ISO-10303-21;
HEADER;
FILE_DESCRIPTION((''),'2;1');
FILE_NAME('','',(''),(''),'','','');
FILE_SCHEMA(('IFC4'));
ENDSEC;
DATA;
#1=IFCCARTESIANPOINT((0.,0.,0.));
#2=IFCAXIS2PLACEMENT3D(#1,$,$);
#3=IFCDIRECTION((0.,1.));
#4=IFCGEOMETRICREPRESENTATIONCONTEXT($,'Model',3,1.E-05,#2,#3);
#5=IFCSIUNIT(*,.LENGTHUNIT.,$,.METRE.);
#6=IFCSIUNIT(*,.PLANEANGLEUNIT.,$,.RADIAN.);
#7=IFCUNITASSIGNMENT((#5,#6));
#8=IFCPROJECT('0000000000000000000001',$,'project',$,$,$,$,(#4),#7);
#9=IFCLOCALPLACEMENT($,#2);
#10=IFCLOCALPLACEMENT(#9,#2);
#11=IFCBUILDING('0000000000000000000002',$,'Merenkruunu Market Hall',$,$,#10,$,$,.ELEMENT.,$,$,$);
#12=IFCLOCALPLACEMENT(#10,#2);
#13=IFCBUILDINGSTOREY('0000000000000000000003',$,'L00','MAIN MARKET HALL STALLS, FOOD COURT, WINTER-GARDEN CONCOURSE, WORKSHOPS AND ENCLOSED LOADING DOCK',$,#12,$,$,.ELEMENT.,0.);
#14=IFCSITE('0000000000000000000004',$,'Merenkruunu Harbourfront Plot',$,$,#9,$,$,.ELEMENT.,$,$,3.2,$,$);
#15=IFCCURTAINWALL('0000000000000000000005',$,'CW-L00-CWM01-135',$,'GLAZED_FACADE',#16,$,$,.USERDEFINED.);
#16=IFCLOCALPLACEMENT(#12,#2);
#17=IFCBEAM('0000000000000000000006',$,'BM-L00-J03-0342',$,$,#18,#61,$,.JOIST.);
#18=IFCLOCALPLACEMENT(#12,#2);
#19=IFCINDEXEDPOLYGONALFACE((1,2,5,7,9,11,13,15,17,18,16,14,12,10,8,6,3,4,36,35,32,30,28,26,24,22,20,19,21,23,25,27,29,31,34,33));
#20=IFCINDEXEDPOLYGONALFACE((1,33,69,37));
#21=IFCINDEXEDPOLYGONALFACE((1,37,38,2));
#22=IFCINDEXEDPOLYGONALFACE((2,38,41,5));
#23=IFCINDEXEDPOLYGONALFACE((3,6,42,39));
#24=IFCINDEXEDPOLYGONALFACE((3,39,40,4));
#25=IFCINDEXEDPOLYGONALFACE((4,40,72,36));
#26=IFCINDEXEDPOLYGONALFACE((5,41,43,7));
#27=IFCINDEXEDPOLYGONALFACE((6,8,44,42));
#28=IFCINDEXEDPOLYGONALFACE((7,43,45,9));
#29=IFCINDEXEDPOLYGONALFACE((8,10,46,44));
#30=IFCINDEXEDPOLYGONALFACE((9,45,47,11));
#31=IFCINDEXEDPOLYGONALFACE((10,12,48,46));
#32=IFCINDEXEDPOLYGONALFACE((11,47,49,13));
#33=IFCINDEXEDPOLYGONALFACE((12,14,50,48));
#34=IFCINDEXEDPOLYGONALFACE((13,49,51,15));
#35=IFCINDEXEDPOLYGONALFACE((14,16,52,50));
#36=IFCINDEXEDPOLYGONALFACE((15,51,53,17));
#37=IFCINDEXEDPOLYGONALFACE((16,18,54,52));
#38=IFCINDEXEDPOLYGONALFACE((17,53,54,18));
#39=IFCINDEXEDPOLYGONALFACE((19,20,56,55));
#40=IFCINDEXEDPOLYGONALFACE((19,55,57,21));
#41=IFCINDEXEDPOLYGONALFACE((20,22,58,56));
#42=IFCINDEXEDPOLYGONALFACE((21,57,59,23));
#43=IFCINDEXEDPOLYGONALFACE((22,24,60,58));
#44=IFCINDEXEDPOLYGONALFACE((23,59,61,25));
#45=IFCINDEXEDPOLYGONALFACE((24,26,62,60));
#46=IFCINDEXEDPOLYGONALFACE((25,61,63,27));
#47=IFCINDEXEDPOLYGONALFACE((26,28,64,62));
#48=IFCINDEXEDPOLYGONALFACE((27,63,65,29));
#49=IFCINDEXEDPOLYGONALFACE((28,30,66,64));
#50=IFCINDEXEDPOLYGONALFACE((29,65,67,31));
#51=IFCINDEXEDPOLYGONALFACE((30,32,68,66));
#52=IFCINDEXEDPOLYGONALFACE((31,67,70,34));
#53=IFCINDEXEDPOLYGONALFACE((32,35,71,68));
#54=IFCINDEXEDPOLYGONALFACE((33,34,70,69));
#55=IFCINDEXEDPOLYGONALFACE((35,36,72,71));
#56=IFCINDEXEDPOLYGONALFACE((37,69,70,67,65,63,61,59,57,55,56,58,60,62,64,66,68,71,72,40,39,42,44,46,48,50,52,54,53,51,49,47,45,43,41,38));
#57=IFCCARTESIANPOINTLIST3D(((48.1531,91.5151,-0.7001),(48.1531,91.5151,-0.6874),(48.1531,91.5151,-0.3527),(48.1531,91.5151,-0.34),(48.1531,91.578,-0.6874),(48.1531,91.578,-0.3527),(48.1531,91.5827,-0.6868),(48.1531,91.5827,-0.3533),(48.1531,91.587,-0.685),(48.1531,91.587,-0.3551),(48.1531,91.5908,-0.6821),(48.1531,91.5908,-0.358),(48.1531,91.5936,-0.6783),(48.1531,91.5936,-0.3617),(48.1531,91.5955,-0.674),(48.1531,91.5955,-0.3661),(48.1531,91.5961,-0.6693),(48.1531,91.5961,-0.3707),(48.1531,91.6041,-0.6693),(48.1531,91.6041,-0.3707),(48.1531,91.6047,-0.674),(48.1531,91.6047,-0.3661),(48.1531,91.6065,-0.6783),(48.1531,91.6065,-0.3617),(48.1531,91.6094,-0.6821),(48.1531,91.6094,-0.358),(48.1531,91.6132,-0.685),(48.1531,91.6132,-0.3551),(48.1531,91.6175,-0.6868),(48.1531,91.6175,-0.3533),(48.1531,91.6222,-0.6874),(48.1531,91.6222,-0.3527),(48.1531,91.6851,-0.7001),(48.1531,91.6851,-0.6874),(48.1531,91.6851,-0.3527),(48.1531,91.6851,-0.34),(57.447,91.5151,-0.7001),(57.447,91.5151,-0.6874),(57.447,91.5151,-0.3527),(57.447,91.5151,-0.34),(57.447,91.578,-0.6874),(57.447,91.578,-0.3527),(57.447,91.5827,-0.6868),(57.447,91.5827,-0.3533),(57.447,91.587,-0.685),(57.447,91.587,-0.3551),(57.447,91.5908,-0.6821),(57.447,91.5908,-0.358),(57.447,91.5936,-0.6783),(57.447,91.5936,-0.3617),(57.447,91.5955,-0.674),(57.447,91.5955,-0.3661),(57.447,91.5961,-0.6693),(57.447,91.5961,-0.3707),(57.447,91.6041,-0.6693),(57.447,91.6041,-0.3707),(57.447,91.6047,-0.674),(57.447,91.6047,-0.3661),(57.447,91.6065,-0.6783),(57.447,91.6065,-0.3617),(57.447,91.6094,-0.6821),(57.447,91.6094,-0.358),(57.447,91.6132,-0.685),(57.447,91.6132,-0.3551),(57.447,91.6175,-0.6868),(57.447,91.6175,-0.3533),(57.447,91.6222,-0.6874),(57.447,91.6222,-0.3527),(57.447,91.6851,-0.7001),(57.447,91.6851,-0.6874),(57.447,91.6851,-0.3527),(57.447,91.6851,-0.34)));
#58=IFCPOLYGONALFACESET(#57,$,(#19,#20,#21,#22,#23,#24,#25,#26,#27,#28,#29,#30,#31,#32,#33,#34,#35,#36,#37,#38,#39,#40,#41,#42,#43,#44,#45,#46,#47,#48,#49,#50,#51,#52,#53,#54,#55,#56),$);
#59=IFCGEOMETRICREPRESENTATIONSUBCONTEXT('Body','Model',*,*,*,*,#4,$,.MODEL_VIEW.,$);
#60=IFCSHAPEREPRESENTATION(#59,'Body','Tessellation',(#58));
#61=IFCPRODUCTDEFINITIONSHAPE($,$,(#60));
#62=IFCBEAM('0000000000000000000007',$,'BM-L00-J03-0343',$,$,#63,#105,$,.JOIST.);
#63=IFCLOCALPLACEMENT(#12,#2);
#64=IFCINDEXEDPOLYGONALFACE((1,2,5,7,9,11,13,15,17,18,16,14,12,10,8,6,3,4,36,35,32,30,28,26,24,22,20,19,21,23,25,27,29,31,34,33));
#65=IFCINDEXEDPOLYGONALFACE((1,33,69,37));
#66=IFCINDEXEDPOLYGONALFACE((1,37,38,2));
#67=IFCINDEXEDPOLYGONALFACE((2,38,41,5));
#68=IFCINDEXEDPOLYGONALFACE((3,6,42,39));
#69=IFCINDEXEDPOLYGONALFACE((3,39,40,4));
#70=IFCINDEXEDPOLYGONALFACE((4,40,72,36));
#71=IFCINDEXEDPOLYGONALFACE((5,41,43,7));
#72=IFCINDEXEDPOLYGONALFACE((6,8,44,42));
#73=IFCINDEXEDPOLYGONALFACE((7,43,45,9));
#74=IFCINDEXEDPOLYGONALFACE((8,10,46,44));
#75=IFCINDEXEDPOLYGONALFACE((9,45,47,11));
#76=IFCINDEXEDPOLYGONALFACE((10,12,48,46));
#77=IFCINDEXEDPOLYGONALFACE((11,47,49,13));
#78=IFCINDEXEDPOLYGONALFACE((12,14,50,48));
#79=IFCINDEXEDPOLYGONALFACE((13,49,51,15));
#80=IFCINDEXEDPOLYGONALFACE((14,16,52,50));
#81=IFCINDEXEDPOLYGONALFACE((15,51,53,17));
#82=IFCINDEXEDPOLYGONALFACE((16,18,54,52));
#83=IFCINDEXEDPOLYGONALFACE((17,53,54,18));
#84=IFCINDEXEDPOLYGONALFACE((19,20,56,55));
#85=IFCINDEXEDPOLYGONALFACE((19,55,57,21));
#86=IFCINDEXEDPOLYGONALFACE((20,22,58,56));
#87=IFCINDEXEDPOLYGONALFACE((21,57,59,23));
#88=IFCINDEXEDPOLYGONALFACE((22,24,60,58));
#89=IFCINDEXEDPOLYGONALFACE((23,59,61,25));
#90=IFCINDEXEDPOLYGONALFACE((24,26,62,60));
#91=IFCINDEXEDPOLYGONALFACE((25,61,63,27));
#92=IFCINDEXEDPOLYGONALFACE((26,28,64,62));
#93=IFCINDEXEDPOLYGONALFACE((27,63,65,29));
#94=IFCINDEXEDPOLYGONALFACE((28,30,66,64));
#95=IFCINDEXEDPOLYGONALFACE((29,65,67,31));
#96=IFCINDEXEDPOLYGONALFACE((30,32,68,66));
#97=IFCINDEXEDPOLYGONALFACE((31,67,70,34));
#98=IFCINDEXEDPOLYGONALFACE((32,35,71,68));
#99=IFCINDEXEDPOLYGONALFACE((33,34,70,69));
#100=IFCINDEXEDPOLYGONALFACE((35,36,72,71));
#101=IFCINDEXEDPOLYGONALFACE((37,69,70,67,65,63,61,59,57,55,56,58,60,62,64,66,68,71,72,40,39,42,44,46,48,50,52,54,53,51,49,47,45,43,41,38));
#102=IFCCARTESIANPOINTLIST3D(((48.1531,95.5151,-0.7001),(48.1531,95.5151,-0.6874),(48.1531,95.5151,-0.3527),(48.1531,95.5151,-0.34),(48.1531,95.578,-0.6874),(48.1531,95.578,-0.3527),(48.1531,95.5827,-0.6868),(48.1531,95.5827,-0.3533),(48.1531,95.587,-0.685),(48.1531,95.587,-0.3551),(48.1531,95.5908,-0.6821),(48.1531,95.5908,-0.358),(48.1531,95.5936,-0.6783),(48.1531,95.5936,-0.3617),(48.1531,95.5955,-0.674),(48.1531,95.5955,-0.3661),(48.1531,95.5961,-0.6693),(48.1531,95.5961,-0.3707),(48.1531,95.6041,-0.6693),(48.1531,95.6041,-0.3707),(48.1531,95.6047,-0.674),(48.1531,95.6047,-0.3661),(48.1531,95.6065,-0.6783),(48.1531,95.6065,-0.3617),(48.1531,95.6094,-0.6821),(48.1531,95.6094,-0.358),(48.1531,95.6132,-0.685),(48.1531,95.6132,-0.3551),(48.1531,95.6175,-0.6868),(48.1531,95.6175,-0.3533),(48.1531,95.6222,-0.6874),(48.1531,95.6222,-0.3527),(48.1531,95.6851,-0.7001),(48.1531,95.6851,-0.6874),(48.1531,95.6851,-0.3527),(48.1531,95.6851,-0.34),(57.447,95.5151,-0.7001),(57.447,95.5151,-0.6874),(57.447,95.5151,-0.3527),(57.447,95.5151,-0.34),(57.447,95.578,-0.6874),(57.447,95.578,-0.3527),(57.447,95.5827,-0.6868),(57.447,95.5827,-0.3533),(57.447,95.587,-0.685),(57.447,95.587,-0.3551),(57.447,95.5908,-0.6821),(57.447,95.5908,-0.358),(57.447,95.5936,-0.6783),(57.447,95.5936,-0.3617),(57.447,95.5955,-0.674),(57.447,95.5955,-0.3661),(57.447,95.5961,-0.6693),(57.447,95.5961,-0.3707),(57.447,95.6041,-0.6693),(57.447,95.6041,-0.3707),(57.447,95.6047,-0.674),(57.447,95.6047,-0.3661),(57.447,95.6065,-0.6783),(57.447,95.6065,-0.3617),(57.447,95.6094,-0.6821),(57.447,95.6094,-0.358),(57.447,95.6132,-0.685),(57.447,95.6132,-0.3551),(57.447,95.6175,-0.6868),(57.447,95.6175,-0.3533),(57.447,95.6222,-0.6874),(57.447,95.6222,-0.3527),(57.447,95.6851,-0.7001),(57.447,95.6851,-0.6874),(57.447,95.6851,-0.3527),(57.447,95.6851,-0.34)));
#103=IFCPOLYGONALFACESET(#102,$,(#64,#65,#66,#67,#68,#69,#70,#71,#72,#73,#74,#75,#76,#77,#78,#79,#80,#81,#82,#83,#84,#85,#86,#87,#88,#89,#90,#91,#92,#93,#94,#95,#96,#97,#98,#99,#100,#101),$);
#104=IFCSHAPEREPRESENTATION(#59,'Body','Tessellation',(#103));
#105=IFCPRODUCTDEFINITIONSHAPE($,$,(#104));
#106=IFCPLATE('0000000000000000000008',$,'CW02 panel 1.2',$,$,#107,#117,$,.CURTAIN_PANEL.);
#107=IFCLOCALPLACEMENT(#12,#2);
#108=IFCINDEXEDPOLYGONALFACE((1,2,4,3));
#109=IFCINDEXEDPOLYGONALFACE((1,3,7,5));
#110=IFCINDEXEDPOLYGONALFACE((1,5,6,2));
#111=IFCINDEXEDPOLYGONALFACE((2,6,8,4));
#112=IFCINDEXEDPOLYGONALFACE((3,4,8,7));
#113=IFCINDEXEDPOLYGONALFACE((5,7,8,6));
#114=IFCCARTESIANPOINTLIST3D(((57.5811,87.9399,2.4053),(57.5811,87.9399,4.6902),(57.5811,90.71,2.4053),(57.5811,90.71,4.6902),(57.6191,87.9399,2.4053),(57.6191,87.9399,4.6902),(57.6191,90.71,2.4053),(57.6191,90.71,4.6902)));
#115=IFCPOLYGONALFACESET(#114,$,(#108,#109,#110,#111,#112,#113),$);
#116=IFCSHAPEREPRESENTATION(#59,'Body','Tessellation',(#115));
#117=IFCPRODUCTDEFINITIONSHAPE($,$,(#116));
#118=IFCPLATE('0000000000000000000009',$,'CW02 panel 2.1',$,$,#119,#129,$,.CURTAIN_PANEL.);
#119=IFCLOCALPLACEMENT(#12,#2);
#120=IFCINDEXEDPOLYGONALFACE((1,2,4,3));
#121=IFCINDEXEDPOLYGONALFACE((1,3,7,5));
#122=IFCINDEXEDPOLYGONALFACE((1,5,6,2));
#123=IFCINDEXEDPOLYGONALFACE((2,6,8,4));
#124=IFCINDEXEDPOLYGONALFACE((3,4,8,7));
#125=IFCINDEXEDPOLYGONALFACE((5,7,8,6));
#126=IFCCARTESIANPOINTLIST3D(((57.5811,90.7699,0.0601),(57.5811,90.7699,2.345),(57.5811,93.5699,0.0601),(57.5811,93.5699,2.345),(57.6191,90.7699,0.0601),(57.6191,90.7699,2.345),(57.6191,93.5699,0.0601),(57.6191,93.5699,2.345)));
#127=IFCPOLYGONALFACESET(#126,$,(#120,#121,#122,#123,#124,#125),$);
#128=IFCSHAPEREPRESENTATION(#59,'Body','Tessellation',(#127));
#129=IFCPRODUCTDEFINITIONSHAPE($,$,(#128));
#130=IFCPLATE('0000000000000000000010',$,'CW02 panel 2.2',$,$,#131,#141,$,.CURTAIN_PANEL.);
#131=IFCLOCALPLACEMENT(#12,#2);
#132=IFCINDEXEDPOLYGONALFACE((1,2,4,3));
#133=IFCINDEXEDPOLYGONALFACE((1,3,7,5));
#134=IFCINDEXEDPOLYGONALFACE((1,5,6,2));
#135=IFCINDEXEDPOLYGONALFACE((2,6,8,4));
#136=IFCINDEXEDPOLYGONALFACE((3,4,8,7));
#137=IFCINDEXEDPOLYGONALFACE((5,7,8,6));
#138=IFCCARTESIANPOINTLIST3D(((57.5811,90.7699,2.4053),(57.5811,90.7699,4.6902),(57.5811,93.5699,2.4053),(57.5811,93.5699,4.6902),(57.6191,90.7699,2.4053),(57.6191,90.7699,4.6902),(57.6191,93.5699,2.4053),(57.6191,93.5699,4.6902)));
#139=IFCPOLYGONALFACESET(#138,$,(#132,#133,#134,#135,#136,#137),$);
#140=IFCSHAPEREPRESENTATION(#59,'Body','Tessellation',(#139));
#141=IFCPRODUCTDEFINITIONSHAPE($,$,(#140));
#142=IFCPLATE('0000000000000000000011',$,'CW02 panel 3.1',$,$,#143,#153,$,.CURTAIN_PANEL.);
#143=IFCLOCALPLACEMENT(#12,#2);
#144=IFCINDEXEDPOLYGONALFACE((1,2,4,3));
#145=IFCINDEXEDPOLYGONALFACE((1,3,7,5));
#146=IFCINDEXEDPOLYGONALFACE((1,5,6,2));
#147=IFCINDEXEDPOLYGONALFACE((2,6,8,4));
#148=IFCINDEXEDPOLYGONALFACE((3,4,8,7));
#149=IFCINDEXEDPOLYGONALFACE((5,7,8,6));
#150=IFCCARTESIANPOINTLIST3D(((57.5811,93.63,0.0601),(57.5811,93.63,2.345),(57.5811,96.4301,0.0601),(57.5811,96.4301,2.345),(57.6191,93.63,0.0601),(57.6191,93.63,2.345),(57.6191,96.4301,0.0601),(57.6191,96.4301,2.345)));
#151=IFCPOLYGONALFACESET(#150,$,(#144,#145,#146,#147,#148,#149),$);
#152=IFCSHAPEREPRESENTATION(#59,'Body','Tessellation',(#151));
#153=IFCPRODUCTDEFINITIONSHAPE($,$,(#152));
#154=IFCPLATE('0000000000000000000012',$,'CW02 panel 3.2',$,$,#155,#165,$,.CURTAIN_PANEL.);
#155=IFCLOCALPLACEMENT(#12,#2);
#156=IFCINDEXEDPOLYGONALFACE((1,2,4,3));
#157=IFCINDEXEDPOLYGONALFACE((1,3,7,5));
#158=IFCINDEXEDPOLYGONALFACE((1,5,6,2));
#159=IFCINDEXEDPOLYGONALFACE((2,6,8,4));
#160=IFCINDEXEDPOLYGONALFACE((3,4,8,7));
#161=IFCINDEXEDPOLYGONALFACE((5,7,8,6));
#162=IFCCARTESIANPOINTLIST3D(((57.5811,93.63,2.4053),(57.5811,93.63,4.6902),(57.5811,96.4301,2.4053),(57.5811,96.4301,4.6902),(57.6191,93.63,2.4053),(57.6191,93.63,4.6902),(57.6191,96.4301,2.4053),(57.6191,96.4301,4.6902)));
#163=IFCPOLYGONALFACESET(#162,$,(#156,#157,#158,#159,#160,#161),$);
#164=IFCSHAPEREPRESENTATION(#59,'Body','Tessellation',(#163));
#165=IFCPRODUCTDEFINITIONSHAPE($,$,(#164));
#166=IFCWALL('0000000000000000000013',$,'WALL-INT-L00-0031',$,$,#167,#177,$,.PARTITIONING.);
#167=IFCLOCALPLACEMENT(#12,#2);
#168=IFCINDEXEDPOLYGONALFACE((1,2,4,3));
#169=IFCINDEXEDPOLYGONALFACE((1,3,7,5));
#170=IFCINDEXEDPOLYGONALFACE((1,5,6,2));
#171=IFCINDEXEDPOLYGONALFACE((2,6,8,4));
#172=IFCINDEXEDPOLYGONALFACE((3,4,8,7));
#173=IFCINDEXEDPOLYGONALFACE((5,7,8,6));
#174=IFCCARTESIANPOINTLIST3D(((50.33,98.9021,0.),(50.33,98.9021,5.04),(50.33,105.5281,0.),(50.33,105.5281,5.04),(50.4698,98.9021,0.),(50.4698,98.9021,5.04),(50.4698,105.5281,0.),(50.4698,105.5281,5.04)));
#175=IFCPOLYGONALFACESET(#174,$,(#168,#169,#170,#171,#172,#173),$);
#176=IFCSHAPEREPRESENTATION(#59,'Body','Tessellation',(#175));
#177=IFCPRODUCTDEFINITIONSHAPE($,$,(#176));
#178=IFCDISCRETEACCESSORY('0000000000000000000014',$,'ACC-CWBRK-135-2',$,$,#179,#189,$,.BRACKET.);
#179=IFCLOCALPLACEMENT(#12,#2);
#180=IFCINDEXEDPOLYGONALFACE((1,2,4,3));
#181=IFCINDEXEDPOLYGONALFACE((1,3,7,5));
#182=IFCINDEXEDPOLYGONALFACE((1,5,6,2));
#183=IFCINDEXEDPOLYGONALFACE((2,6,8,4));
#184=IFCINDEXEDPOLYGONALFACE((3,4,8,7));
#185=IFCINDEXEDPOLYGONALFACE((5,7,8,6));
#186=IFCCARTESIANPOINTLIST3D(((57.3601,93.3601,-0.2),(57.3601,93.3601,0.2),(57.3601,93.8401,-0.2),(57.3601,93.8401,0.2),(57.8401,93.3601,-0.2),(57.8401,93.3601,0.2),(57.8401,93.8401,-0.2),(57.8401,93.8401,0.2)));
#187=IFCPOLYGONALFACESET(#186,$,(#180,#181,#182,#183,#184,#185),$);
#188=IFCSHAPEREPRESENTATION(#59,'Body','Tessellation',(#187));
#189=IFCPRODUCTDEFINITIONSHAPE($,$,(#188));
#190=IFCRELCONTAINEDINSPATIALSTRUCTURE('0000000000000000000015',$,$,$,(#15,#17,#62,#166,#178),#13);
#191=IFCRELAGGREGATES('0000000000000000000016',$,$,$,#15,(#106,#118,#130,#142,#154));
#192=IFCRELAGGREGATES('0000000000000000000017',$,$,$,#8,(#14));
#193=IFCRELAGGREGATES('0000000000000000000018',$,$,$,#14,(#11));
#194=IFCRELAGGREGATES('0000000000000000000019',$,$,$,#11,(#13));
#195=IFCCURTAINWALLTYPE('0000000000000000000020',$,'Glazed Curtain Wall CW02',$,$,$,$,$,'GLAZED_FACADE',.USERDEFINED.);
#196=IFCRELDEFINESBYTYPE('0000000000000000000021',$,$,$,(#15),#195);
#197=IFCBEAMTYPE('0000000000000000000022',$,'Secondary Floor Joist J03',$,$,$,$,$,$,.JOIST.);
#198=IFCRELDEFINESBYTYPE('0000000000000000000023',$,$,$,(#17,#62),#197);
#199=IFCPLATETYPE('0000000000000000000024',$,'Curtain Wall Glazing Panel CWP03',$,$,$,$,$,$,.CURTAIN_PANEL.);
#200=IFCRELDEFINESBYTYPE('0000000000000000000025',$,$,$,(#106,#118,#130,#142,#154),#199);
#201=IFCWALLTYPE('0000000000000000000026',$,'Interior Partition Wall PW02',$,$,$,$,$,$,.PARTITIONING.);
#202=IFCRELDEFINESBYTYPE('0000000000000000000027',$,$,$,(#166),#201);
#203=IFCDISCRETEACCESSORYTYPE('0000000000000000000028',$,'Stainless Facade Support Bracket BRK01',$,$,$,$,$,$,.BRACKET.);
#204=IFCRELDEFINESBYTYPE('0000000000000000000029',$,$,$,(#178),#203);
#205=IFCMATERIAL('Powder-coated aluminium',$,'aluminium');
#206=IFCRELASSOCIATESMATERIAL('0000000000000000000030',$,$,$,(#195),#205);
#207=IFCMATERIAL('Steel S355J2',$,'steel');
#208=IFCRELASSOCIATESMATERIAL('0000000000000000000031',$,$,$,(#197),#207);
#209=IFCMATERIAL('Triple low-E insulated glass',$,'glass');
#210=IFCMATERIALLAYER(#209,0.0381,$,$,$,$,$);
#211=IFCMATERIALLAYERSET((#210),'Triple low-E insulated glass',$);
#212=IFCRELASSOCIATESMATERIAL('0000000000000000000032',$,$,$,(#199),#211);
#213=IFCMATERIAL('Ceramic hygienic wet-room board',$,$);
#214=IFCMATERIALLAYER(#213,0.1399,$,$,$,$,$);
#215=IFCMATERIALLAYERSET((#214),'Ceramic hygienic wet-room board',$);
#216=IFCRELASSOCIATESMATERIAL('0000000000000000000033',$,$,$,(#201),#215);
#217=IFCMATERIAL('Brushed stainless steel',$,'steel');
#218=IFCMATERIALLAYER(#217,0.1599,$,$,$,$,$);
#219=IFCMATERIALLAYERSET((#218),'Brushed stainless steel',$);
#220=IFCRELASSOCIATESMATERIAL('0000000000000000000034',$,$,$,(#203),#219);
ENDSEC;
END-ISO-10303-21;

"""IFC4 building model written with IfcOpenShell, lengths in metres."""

from ifc_helpers import new_model, si_unit, direction, frame, frame_2d, origin, origin_2d, place, context, subcontext, project, spatial, rectangle, i_section, extrude, material, layer, layer_set, material_profile, profile_set, type_object, element, aggregate, save


model = new_model("IFC4")

# Units and contexts
model_context = context("Model", 3, precision=1e-05, world=origin(), true_north=direction((0.0, 1.0)))
body_context = subcontext(model_context, "Body", "Model", "MODEL_VIEW")
ifc_project = project(units=[si_unit("LENGTHUNIT", "METRE"), si_unit("PLANEANGLEUNIT", "RADIAN")], contexts=[model_context])

# Site, building, storey
site_placement = place(None, origin())
site = spatial("IfcSite", under=ifc_project, at=site_placement, Name="Merenkruunu Harbourfront Plot", CompositionType="ELEMENT", RefElevation=3.2)
building_placement = place(site_placement, origin())
building = spatial("IfcBuilding", under=site, at=building_placement, Name="Merenkruunu Market Hall", CompositionType="ELEMENT")
storey_placement = place(building_placement, origin())
storey = spatial("IfcBuildingStorey", under=building, at=storey_placement, Name="L00", Description="MAIN MARKET HALL STALLS, FOOD COURT, WINTER-GARDEN CONCOURSE, WORKSHOPS AND ENCLOSED LOADING DOCK", CompositionType="ELEMENT", Elevation=0.0)

# Curtain wall
ifc_material_1 = material(Name="Powder-coated aluminium", Category="aluminium")
curtain_wall_type = type_object("IfcCurtainWallType", Name="Glazed Curtain Wall CW02", ElementType="GLAZED_FACADE", PredefinedType="USERDEFINED", material=ifc_material_1)
curtain_wall_placement = place(storey_placement, origin())
curtain_wall = element("IfcCurtainWall", 1, at=curtain_wall_placement, inside=storey, type_object=curtain_wall_type, Name="CW-L00-CWM01-135", ObjectType="GLAZED_FACADE", PredefinedType="USERDEFINED")

# Beams
ifc_material_2 = material(Name="Steel S355J2", Category="steel")
ifc_material_profile_1 = material_profile(ifc_material_2, i_section(OverallWidth=0.1699, OverallDepth=0.3601, WebThickness=0.0081, FlangeThickness=0.0127, FilletRadius=0.0181, at=origin_2d()), Name="IPE 360")
ifc_profile_set_1 = profile_set([ifc_material_profile_1], Name="Steel S355J2")
beam_type = type_object("IfcBeamType", Name="Secondary Floor Joist J03", PredefinedType="JOIST", material=ifc_profile_set_1)
for number, where, z_axis, x_axis, name in (
    (2, (48.1531, 91.6001, -0.52), (1.0, 0.0, 0.0), (0.0, 1.0, 0.0), "BM-L00-J03-0342"),
    (3, (48.1531, 95.6001, -0.52), (1.0, 0.0, 0.0), (0.0, 1.0, 0.0), "BM-L00-J03-0343"),
):
    element("IfcBeam", number, at=place(storey_placement, frame(where, z_axis=z_axis, x_axis=x_axis)), inside=storey, type_object=beam_type, Name=name, PredefinedType="JOIST", context=body_context, shape_type="SweptSolid", body=[
        extrude(i_section(OverallWidth=0.1699, OverallDepth=0.3601, WebThickness=0.0081, FlangeThickness=0.0127, FilletRadius=0.0181, at=origin_2d()), origin(), (0.0, 0.0, 1.0), 9.2939),
    ])

# Plates
ifc_material_3 = material(Name="Triple low-E insulated glass", Category="glass")
ifc_layer_1 = layer(ifc_material_3, 0.0381)
ifc_layer_set_1 = layer_set([ifc_layer_1], Name="Triple low-E insulated glass")
plate_type = type_object("IfcPlateType", Name="Curtain Wall Glazing Panel CWP03", PredefinedType="CURTAIN_PANEL", material=ifc_layer_set_1)
plate_1_placement = place(storey_placement, frame((57.6001, 89.325, 2.4053), z_axis=(0.0, 0.0, 1.0), x_axis=(0.0, 1.0, 0.0)))
plate_1 = element("IfcPlate", 4, at=plate_1_placement, type_object=plate_type, Name="CW02 panel 1.2", PredefinedType="CURTAIN_PANEL", context=body_context, shape_type="SweptSolid", body=[
    extrude(rectangle(XDim=2.77, YDim=0.0381, at=origin_2d()), origin(), (0.0, 0.0, 1.0), 2.2849),
])
plate_2_placement = place(storey_placement, frame((57.6001, 92.1699, 0.0601), z_axis=(0.0, 0.0, 1.0), x_axis=(0.0, 1.0, 0.0)))
plate_2 = element("IfcPlate", 5, at=plate_2_placement, type_object=plate_type, Name="CW02 panel 2.1", PredefinedType="CURTAIN_PANEL", context=body_context, shape_type="SweptSolid", body=[
    extrude(rectangle(XDim=2.8, YDim=0.0381, at=origin_2d()), origin(), (0.0, 0.0, 1.0), 2.2849),
])
plate_3_placement = place(storey_placement, frame((57.6001, 92.1699, 2.4053), z_axis=(0.0, 0.0, 1.0), x_axis=(0.0, 1.0, 0.0)))
plate_3 = element("IfcPlate", 6, at=plate_3_placement, type_object=plate_type, Name="CW02 panel 2.2", PredefinedType="CURTAIN_PANEL", context=body_context, shape_type="SweptSolid", body=[
    extrude(rectangle(XDim=2.8, YDim=0.0381, at=origin_2d()), origin(), (0.0, 0.0, 1.0), 2.2849),
])
plate_4_placement = place(storey_placement, frame((57.6001, 95.03, 0.0601), z_axis=(0.0, 0.0, 1.0), x_axis=(0.0, 1.0, 0.0)))
plate_4 = element("IfcPlate", 7, at=plate_4_placement, type_object=plate_type, Name="CW02 panel 3.1", PredefinedType="CURTAIN_PANEL", context=body_context, shape_type="SweptSolid", body=[
    extrude(rectangle(XDim=2.8, YDim=0.0381, at=origin_2d()), origin(), (0.0, 0.0, 1.0), 2.2849),
])
plate_5_placement = place(storey_placement, frame((57.6001, 95.03, 2.4053), z_axis=(0.0, 0.0, 1.0), x_axis=(0.0, 1.0, 0.0)))
plate_5 = element("IfcPlate", 8, at=plate_5_placement, type_object=plate_type, Name="CW02 panel 3.2", PredefinedType="CURTAIN_PANEL", context=body_context, shape_type="SweptSolid", body=[
    extrude(rectangle(XDim=2.8, YDim=0.0381, at=origin_2d()), origin(), (0.0, 0.0, 1.0), 2.2849),
])
aggregate(curtain_wall, [plate_1, plate_2, plate_3, plate_4, plate_5])

# Wall
ifc_material_4 = material(Name="Ceramic hygienic wet-room board")
ifc_layer_2 = layer(ifc_material_4, 0.1399)
ifc_layer_set_2 = layer_set([ifc_layer_2], Name="Ceramic hygienic wet-room board")
wall_type = type_object("IfcWallType", Name="Interior Partition Wall PW02", PredefinedType="PARTITIONING", material=ifc_layer_set_2)
wall_placement = place(storey_placement, frame((50.3999, 98.9021, 0.0), z_axis=(0.0, 0.0, 1.0), x_axis=(0.0, 1.0, 0.0)))
element("IfcWall", 9, at=wall_placement, inside=storey, type_object=wall_type, Name="WALL-INT-L00-0031", PredefinedType="PARTITIONING", context=body_context, shape_type="SweptSolid", body=[
    extrude(rectangle(XDim=6.626, YDim=0.1399, at=frame_2d((3.313, 0.0))), origin(), (0.0, 0.0, 1.0), 5.04),
])

# Discrete accessory
ifc_material_5 = material(Name="Brushed stainless steel", Category="steel")
ifc_layer_3 = layer(ifc_material_5, 0.1599)
ifc_layer_set_3 = layer_set([ifc_layer_3], Name="Brushed stainless steel")
discrete_accessory_type = type_object("IfcDiscreteAccessoryType", Name="Stainless Facade Support Bracket BRK01", PredefinedType="BRACKET", material=ifc_layer_set_3)
discrete_accessory_placement = place(storey_placement, frame((57.6001, 93.6001, -0.2), z_axis=(0.0, 0.0, 1.0), x_axis=(1.0, 0.0, 0.0)))
element("IfcDiscreteAccessory", 10, at=discrete_accessory_placement, inside=storey, type_object=discrete_accessory_type, Name="ACC-CWBRK-135-2", PredefinedType="BRACKET", context=body_context, shape_type="SweptSolid", body=[
    extrude(rectangle(XDim=0.48, YDim=0.48, at=origin_2d()), origin(), (0.0, 0.0, 1.0), 0.3999),
])

save(model, "model.ifc")
